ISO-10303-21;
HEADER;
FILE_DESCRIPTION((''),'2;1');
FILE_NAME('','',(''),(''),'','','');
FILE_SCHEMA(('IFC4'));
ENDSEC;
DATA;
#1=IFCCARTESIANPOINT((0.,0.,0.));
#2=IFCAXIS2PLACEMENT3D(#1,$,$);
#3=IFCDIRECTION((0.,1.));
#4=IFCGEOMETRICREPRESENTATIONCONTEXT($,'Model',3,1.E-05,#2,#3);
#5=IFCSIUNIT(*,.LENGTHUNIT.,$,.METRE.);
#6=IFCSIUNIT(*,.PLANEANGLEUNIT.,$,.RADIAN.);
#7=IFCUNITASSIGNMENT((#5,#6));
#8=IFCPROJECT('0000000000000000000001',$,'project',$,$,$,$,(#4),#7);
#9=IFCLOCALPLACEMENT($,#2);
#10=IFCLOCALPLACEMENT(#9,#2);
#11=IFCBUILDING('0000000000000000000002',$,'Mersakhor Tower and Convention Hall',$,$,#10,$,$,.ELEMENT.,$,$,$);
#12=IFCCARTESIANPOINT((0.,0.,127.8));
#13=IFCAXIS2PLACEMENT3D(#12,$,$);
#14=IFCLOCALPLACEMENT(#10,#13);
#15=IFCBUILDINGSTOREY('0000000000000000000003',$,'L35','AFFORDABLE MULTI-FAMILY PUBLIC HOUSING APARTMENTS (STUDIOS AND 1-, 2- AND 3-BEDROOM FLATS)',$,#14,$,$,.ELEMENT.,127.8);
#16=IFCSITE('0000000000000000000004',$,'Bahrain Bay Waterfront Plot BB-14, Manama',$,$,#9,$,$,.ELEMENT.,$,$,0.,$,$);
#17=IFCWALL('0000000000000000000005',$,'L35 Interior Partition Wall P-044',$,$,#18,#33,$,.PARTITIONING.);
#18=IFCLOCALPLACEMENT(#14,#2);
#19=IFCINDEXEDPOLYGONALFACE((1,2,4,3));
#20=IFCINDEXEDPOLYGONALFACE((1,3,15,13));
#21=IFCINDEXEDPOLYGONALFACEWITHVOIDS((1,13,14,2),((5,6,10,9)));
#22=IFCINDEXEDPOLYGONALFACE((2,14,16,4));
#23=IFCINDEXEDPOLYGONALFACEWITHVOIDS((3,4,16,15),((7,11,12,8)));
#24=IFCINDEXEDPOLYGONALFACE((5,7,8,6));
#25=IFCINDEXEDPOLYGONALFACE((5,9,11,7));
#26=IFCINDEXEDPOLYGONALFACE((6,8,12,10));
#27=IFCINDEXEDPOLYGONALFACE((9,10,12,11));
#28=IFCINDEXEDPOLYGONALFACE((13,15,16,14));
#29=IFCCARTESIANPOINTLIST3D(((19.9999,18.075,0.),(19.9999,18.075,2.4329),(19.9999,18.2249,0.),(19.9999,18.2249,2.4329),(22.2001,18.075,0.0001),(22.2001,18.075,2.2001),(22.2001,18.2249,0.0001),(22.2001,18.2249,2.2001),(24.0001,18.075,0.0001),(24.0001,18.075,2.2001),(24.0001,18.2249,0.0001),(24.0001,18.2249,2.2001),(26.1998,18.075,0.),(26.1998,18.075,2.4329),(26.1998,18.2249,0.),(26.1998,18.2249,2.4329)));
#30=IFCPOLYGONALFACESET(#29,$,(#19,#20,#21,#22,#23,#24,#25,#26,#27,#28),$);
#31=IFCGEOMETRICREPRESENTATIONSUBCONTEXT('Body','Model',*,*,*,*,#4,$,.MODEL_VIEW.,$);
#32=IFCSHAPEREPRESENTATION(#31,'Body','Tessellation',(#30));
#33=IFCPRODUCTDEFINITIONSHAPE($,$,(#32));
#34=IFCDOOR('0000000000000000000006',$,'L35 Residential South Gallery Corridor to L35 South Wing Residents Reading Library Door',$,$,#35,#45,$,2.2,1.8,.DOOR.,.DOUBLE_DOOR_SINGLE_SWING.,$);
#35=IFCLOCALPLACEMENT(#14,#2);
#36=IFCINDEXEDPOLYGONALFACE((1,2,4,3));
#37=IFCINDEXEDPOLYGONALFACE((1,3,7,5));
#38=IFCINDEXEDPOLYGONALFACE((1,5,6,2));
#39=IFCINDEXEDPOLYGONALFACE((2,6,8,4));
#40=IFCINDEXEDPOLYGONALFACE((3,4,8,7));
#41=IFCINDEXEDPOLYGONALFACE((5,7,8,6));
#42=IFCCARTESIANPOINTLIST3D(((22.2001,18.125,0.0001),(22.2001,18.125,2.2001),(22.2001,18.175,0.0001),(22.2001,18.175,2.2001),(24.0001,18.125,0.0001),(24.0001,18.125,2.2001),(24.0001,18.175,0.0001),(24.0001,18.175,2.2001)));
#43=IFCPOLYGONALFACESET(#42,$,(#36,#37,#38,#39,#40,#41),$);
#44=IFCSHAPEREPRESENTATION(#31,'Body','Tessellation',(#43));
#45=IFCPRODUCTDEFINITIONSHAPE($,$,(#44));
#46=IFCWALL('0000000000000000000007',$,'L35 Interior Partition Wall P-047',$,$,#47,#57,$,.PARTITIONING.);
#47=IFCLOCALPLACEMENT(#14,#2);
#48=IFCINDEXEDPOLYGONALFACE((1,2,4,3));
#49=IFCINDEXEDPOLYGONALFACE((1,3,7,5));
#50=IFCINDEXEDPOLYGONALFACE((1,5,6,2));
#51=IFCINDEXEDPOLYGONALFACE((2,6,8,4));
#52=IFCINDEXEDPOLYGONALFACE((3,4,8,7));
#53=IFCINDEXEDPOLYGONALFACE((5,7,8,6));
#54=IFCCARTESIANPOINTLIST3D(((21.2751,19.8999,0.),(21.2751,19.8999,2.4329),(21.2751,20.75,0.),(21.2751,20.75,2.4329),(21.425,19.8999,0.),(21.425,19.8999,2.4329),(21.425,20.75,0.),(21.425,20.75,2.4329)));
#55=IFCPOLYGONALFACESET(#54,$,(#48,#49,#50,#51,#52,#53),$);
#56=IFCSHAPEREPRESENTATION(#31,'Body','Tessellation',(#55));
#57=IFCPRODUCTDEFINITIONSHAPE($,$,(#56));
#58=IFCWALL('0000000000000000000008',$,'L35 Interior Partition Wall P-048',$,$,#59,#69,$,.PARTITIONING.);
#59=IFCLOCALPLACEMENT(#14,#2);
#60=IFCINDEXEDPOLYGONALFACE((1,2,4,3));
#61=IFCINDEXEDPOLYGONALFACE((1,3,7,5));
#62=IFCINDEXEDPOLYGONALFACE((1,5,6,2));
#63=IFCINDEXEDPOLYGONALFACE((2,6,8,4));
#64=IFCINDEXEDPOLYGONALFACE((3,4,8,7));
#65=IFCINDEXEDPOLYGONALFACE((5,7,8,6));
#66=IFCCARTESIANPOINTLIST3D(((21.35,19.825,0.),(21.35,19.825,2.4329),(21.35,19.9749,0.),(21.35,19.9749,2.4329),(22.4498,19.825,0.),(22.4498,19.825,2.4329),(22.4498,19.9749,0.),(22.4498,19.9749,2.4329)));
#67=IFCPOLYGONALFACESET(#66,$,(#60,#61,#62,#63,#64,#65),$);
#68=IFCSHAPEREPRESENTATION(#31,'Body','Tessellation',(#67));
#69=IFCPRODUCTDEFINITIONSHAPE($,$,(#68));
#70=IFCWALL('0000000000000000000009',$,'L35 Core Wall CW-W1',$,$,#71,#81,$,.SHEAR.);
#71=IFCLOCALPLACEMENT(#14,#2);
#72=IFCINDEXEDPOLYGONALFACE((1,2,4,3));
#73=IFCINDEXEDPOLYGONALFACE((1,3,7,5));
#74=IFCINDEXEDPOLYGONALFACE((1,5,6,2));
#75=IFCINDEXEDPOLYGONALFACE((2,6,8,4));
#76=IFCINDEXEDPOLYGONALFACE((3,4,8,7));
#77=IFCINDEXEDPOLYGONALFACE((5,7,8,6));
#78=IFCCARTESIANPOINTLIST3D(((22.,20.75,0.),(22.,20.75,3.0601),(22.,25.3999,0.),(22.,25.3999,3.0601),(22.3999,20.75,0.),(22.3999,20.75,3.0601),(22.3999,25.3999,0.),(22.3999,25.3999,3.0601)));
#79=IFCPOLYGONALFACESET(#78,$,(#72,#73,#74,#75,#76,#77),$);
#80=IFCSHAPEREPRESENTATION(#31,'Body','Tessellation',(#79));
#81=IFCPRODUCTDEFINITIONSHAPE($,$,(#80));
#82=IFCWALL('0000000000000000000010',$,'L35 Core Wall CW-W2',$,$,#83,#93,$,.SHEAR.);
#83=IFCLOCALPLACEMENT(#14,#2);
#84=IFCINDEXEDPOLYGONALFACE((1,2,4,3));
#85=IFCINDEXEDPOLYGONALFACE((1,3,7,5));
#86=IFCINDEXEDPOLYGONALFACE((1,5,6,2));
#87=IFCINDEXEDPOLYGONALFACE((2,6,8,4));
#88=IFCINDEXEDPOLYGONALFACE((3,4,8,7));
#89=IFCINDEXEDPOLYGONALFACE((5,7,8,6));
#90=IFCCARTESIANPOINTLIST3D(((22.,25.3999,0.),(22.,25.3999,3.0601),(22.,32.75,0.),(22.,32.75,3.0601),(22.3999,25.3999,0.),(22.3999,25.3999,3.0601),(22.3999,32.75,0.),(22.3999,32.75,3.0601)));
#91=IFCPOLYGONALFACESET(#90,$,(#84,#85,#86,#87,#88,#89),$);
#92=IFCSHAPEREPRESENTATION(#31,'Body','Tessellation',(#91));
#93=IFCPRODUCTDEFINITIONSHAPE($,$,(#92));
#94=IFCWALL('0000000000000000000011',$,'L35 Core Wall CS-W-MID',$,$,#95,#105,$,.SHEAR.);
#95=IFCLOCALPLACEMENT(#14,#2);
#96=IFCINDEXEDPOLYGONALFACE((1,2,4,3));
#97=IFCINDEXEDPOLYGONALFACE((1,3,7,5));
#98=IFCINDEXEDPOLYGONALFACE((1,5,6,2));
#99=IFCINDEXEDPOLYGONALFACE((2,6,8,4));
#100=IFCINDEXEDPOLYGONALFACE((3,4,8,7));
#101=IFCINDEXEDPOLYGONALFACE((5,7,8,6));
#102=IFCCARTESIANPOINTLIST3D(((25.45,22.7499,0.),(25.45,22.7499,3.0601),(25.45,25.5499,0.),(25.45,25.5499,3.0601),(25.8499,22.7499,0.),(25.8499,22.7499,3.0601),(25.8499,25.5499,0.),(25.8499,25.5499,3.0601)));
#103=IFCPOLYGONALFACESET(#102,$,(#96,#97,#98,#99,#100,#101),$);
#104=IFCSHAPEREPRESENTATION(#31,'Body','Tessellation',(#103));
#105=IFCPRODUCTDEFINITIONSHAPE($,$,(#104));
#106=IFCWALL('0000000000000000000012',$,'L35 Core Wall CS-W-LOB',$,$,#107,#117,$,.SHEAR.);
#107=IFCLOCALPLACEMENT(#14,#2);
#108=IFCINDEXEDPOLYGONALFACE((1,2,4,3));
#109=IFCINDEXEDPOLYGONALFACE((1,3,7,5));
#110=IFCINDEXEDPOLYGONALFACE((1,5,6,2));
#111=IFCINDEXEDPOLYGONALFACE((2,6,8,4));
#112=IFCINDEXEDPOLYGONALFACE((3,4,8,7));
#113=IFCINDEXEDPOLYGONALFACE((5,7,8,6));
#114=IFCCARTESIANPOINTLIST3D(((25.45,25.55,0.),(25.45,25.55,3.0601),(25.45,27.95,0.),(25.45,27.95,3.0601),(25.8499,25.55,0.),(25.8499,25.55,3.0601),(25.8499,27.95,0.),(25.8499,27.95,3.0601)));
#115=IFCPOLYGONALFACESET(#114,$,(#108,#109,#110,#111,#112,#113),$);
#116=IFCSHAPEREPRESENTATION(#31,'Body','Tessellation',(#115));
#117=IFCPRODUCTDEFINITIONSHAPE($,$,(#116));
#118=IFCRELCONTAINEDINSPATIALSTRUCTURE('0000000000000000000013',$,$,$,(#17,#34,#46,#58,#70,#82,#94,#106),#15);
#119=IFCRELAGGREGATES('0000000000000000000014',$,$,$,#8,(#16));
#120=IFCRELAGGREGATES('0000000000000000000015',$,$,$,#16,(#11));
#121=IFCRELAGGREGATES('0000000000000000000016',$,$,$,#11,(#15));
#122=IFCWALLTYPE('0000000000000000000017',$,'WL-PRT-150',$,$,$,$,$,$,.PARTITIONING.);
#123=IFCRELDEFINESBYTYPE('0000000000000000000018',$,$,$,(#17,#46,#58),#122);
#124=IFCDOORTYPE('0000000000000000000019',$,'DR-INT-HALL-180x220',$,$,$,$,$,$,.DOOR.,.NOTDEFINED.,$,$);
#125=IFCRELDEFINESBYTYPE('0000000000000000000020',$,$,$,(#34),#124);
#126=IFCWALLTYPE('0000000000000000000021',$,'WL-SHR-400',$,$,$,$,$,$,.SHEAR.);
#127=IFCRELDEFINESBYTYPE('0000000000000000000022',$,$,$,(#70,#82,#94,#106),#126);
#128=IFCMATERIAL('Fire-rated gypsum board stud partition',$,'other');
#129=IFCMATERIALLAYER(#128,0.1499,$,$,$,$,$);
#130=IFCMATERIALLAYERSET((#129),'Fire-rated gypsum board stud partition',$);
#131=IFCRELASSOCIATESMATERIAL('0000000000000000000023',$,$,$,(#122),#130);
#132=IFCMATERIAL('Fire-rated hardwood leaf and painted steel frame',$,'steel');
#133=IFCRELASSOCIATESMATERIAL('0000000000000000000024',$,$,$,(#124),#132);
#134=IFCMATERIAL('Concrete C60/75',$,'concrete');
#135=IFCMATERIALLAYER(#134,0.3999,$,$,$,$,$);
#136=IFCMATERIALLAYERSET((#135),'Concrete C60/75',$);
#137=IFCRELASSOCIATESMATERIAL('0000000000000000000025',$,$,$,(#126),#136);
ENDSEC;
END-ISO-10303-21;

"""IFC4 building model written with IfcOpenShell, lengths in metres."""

from ifc_helpers import new_model, si_unit, direction, frame, frame_2d, origin, place, context, subcontext, project, spatial, rectangle, extrude, material, layer, layer_set, type_object, element, fill, save


model = new_model("IFC4")

# Units and contexts
model_context = context("Model", 3, precision=1e-05, world=origin(), true_north=direction((0.0, 1.0)))
body_context = subcontext(model_context, "Body", "Model", "MODEL_VIEW")
ifc_project = project(units=[si_unit("LENGTHUNIT", "METRE"), si_unit("PLANEANGLEUNIT", "RADIAN")], contexts=[model_context])

# Site, building, storey
site_placement = place(None, origin())
site = spatial("IfcSite", under=ifc_project, at=site_placement, Name="Bahrain Bay Waterfront Plot BB-14, Manama", CompositionType="ELEMENT", RefElevation=0.0)
building_placement = place(site_placement, origin())
building = spatial("IfcBuilding", under=site, at=building_placement, Name="Mersakhor Tower and Convention Hall", CompositionType="ELEMENT")
storey_placement = place(building_placement, frame((0.0, 0.0, 127.8)))
storey = spatial("IfcBuildingStorey", under=building, at=storey_placement, Name="L35", Description="AFFORDABLE MULTI-FAMILY PUBLIC HOUSING APARTMENTS (STUDIOS AND 1-, 2- AND 3-BEDROOM FLATS)", CompositionType="ELEMENT", Elevation=127.8)

# Shared definitions
ifc_material_1 = material(Name="Fire-rated gypsum board stud partition", Category="other")
ifc_layer_1 = layer(ifc_material_1, 0.1499)
ifc_layer_set_1 = layer_set([ifc_layer_1], Name="Fire-rated gypsum board stud partition")
wall_type_1 = type_object("IfcWallType", Name="WL-PRT-150", PredefinedType="PARTITIONING", material=ifc_layer_set_1)

# Wall, opening, door
wall_1_placement = place(storey_placement, frame((26.2, 18.1499, 0.0), z_axis=(0.0, 0.0, 1.0), x_axis=(-1.0, 0.0, 0.0)))
wall_1 = element("IfcWall", 1, at=wall_1_placement, inside=storey, type_object=wall_type_1, Name="L35 Interior Partition Wall P-044", PredefinedType="PARTITIONING", context=body_context, shape_type="SweptSolid", body=[
    extrude(rectangle(XDim=6.2, YDim=0.1499, at=frame_2d((3.1001, 0.0))), origin(), (0.0, 0.0, 1.0), 2.4329),
])
opening_1_placement = place(wall_1_placement, frame((2.2, 0.0, 0.0)))
opening_1 = element("IfcOpeningElement", 2, at=opening_1_placement, cuts=wall_1, PredefinedType="OPENING", context=body_context, shape_type="SweptSolid", body=[
    extrude(rectangle(XDim=1.8, YDim=2.2, at=frame_2d((0.8999, 1.1001))), frame((0.0, 0.085, 0.0), z_axis=(0.0, -1.0, 0.0), x_axis=(1.0, 0.0, 0.0)), (0.0, 0.0, 1.0), 0.1699),
])
ifc_material_2 = material(Name="Fire-rated hardwood leaf and painted steel frame", Category="steel")
door_type_1 = type_object("IfcDoorType", Name="DR-INT-HALL-180x220", OperationType="NOTDEFINED", PredefinedType="DOOR", material=ifc_material_2)
door_1_placement = place(opening_1_placement, origin())
door_1 = element("IfcDoor", 3, at=door_1_placement, inside=storey, type_object=door_type_1, Name="L35 Residential South Gallery Corridor to L35 South Wing Residents Reading Library Door", OperationType="DOUBLE_DOOR_SINGLE_SWING", OverallHeight=2.2, OverallWidth=1.8, PredefinedType="DOOR", context=body_context, shape_type="SweptSolid", body=[
    extrude(rectangle(XDim=1.8, YDim=2.2, at=frame_2d((0.8999, 1.1001))), frame((0.0, 0.0249, 0.0), z_axis=(0.0, -1.0, 0.0), x_axis=(1.0, 0.0, 0.0)), (0.0, 0.0, 1.0), 0.05),
])
fill(opening_1, door_1)

# Walls
wall_2_placement = place(storey_placement, frame((21.3501, 20.75, 0.0), z_axis=(0.0, 0.0, 1.0), x_axis=(0.0, -1.0, 0.0)))
element("IfcWall", 4, at=wall_2_placement, inside=storey, type_object=wall_type_1, Name="L35 Interior Partition Wall P-047", PredefinedType="PARTITIONING", context=body_context, shape_type="SweptSolid", body=[
    extrude(rectangle(XDim=0.8501, YDim=0.1499, at=frame_2d((0.425, 0.0))), origin(), (0.0, 0.0, 1.0), 2.4329),
])
wall_3_placement = place(storey_placement, frame((21.3501, 19.8999, 0.0), z_axis=(0.0, 0.0, 1.0), x_axis=(1.0, 0.0, 0.0)))
element("IfcWall", 5, at=wall_3_placement, inside=storey, type_object=wall_type_1, Name="L35 Interior Partition Wall P-048", PredefinedType="PARTITIONING", context=body_context, shape_type="SweptSolid", body=[
    extrude(rectangle(XDim=1.0999, YDim=0.1499, at=frame_2d((0.5498, 0.0))), origin(), (0.0, 0.0, 1.0), 2.4329),
])

# Walls
ifc_material_3 = material(Name="Concrete C60/75", Category="concrete")
ifc_layer_2 = layer(ifc_material_3, 0.3999)
ifc_layer_set_2 = layer_set([ifc_layer_2], Name="Concrete C60/75")
wall_type_2 = type_object("IfcWallType", Name="WL-SHR-400", PredefinedType="SHEAR", material=ifc_layer_set_2)
wall_4_placement = place(storey_placement, frame((22.2, 20.75, 0.0), z_axis=(0.0, 0.0, 1.0), x_axis=(0.0, 1.0, 0.0)))
element("IfcWall", 6, at=wall_4_placement, inside=storey, type_object=wall_type_2, Name="L35 Core Wall CW-W1", PredefinedType="SHEAR", context=body_context, shape_type="SweptSolid", body=[
    extrude(rectangle(XDim=4.6499, YDim=0.3999, at=frame_2d((2.325, 0.0))), origin(), (0.0, 0.0, 1.0), 3.0601),
])
wall_5_placement = place(storey_placement, frame((22.2, 25.3999, 0.0), z_axis=(0.0, 0.0, 1.0), x_axis=(0.0, 1.0, 0.0)))
element("IfcWall", 7, at=wall_5_placement, inside=storey, type_object=wall_type_2, Name="L35 Core Wall CW-W2", PredefinedType="SHEAR", context=body_context, shape_type="SweptSolid", body=[
    extrude(rectangle(XDim=7.3501, YDim=0.3999, at=frame_2d((3.675, 0.0))), origin(), (0.0, 0.0, 1.0), 3.0601),
])

# Walls
wall_6_placement = place(storey_placement, frame((25.6499, 22.75, 0.0), z_axis=(0.0, 0.0, 1.0), x_axis=(0.0, 1.0, 0.0)))
element("IfcWall", 8, at=wall_6_placement, inside=storey, type_object=wall_type_2, Name="L35 Core Wall CS-W-MID", PredefinedType="SHEAR", context=body_context, shape_type="SweptSolid", body=[
    extrude(rectangle(XDim=2.8, YDim=0.3999, at=frame_2d((1.3999, 0.0))), origin(), (0.0, 0.0, 1.0), 3.0601),
])
wall_7_placement = place(storey_placement, frame((25.6499, 25.55, 0.0), z_axis=(0.0, 0.0, 1.0), x_axis=(0.0, 1.0, 0.0)))
element("IfcWall", 9, at=wall_7_placement, inside=storey, type_object=wall_type_2, Name="L35 Core Wall CS-W-LOB", PredefinedType="SHEAR", context=body_context, shape_type="SweptSolid", body=[
    extrude(rectangle(XDim=2.3999, YDim=0.3999, at=frame_2d((1.2, 0.0))), origin(), (0.0, 0.0, 1.0), 3.0601),
])

save(model, "model.ifc")
